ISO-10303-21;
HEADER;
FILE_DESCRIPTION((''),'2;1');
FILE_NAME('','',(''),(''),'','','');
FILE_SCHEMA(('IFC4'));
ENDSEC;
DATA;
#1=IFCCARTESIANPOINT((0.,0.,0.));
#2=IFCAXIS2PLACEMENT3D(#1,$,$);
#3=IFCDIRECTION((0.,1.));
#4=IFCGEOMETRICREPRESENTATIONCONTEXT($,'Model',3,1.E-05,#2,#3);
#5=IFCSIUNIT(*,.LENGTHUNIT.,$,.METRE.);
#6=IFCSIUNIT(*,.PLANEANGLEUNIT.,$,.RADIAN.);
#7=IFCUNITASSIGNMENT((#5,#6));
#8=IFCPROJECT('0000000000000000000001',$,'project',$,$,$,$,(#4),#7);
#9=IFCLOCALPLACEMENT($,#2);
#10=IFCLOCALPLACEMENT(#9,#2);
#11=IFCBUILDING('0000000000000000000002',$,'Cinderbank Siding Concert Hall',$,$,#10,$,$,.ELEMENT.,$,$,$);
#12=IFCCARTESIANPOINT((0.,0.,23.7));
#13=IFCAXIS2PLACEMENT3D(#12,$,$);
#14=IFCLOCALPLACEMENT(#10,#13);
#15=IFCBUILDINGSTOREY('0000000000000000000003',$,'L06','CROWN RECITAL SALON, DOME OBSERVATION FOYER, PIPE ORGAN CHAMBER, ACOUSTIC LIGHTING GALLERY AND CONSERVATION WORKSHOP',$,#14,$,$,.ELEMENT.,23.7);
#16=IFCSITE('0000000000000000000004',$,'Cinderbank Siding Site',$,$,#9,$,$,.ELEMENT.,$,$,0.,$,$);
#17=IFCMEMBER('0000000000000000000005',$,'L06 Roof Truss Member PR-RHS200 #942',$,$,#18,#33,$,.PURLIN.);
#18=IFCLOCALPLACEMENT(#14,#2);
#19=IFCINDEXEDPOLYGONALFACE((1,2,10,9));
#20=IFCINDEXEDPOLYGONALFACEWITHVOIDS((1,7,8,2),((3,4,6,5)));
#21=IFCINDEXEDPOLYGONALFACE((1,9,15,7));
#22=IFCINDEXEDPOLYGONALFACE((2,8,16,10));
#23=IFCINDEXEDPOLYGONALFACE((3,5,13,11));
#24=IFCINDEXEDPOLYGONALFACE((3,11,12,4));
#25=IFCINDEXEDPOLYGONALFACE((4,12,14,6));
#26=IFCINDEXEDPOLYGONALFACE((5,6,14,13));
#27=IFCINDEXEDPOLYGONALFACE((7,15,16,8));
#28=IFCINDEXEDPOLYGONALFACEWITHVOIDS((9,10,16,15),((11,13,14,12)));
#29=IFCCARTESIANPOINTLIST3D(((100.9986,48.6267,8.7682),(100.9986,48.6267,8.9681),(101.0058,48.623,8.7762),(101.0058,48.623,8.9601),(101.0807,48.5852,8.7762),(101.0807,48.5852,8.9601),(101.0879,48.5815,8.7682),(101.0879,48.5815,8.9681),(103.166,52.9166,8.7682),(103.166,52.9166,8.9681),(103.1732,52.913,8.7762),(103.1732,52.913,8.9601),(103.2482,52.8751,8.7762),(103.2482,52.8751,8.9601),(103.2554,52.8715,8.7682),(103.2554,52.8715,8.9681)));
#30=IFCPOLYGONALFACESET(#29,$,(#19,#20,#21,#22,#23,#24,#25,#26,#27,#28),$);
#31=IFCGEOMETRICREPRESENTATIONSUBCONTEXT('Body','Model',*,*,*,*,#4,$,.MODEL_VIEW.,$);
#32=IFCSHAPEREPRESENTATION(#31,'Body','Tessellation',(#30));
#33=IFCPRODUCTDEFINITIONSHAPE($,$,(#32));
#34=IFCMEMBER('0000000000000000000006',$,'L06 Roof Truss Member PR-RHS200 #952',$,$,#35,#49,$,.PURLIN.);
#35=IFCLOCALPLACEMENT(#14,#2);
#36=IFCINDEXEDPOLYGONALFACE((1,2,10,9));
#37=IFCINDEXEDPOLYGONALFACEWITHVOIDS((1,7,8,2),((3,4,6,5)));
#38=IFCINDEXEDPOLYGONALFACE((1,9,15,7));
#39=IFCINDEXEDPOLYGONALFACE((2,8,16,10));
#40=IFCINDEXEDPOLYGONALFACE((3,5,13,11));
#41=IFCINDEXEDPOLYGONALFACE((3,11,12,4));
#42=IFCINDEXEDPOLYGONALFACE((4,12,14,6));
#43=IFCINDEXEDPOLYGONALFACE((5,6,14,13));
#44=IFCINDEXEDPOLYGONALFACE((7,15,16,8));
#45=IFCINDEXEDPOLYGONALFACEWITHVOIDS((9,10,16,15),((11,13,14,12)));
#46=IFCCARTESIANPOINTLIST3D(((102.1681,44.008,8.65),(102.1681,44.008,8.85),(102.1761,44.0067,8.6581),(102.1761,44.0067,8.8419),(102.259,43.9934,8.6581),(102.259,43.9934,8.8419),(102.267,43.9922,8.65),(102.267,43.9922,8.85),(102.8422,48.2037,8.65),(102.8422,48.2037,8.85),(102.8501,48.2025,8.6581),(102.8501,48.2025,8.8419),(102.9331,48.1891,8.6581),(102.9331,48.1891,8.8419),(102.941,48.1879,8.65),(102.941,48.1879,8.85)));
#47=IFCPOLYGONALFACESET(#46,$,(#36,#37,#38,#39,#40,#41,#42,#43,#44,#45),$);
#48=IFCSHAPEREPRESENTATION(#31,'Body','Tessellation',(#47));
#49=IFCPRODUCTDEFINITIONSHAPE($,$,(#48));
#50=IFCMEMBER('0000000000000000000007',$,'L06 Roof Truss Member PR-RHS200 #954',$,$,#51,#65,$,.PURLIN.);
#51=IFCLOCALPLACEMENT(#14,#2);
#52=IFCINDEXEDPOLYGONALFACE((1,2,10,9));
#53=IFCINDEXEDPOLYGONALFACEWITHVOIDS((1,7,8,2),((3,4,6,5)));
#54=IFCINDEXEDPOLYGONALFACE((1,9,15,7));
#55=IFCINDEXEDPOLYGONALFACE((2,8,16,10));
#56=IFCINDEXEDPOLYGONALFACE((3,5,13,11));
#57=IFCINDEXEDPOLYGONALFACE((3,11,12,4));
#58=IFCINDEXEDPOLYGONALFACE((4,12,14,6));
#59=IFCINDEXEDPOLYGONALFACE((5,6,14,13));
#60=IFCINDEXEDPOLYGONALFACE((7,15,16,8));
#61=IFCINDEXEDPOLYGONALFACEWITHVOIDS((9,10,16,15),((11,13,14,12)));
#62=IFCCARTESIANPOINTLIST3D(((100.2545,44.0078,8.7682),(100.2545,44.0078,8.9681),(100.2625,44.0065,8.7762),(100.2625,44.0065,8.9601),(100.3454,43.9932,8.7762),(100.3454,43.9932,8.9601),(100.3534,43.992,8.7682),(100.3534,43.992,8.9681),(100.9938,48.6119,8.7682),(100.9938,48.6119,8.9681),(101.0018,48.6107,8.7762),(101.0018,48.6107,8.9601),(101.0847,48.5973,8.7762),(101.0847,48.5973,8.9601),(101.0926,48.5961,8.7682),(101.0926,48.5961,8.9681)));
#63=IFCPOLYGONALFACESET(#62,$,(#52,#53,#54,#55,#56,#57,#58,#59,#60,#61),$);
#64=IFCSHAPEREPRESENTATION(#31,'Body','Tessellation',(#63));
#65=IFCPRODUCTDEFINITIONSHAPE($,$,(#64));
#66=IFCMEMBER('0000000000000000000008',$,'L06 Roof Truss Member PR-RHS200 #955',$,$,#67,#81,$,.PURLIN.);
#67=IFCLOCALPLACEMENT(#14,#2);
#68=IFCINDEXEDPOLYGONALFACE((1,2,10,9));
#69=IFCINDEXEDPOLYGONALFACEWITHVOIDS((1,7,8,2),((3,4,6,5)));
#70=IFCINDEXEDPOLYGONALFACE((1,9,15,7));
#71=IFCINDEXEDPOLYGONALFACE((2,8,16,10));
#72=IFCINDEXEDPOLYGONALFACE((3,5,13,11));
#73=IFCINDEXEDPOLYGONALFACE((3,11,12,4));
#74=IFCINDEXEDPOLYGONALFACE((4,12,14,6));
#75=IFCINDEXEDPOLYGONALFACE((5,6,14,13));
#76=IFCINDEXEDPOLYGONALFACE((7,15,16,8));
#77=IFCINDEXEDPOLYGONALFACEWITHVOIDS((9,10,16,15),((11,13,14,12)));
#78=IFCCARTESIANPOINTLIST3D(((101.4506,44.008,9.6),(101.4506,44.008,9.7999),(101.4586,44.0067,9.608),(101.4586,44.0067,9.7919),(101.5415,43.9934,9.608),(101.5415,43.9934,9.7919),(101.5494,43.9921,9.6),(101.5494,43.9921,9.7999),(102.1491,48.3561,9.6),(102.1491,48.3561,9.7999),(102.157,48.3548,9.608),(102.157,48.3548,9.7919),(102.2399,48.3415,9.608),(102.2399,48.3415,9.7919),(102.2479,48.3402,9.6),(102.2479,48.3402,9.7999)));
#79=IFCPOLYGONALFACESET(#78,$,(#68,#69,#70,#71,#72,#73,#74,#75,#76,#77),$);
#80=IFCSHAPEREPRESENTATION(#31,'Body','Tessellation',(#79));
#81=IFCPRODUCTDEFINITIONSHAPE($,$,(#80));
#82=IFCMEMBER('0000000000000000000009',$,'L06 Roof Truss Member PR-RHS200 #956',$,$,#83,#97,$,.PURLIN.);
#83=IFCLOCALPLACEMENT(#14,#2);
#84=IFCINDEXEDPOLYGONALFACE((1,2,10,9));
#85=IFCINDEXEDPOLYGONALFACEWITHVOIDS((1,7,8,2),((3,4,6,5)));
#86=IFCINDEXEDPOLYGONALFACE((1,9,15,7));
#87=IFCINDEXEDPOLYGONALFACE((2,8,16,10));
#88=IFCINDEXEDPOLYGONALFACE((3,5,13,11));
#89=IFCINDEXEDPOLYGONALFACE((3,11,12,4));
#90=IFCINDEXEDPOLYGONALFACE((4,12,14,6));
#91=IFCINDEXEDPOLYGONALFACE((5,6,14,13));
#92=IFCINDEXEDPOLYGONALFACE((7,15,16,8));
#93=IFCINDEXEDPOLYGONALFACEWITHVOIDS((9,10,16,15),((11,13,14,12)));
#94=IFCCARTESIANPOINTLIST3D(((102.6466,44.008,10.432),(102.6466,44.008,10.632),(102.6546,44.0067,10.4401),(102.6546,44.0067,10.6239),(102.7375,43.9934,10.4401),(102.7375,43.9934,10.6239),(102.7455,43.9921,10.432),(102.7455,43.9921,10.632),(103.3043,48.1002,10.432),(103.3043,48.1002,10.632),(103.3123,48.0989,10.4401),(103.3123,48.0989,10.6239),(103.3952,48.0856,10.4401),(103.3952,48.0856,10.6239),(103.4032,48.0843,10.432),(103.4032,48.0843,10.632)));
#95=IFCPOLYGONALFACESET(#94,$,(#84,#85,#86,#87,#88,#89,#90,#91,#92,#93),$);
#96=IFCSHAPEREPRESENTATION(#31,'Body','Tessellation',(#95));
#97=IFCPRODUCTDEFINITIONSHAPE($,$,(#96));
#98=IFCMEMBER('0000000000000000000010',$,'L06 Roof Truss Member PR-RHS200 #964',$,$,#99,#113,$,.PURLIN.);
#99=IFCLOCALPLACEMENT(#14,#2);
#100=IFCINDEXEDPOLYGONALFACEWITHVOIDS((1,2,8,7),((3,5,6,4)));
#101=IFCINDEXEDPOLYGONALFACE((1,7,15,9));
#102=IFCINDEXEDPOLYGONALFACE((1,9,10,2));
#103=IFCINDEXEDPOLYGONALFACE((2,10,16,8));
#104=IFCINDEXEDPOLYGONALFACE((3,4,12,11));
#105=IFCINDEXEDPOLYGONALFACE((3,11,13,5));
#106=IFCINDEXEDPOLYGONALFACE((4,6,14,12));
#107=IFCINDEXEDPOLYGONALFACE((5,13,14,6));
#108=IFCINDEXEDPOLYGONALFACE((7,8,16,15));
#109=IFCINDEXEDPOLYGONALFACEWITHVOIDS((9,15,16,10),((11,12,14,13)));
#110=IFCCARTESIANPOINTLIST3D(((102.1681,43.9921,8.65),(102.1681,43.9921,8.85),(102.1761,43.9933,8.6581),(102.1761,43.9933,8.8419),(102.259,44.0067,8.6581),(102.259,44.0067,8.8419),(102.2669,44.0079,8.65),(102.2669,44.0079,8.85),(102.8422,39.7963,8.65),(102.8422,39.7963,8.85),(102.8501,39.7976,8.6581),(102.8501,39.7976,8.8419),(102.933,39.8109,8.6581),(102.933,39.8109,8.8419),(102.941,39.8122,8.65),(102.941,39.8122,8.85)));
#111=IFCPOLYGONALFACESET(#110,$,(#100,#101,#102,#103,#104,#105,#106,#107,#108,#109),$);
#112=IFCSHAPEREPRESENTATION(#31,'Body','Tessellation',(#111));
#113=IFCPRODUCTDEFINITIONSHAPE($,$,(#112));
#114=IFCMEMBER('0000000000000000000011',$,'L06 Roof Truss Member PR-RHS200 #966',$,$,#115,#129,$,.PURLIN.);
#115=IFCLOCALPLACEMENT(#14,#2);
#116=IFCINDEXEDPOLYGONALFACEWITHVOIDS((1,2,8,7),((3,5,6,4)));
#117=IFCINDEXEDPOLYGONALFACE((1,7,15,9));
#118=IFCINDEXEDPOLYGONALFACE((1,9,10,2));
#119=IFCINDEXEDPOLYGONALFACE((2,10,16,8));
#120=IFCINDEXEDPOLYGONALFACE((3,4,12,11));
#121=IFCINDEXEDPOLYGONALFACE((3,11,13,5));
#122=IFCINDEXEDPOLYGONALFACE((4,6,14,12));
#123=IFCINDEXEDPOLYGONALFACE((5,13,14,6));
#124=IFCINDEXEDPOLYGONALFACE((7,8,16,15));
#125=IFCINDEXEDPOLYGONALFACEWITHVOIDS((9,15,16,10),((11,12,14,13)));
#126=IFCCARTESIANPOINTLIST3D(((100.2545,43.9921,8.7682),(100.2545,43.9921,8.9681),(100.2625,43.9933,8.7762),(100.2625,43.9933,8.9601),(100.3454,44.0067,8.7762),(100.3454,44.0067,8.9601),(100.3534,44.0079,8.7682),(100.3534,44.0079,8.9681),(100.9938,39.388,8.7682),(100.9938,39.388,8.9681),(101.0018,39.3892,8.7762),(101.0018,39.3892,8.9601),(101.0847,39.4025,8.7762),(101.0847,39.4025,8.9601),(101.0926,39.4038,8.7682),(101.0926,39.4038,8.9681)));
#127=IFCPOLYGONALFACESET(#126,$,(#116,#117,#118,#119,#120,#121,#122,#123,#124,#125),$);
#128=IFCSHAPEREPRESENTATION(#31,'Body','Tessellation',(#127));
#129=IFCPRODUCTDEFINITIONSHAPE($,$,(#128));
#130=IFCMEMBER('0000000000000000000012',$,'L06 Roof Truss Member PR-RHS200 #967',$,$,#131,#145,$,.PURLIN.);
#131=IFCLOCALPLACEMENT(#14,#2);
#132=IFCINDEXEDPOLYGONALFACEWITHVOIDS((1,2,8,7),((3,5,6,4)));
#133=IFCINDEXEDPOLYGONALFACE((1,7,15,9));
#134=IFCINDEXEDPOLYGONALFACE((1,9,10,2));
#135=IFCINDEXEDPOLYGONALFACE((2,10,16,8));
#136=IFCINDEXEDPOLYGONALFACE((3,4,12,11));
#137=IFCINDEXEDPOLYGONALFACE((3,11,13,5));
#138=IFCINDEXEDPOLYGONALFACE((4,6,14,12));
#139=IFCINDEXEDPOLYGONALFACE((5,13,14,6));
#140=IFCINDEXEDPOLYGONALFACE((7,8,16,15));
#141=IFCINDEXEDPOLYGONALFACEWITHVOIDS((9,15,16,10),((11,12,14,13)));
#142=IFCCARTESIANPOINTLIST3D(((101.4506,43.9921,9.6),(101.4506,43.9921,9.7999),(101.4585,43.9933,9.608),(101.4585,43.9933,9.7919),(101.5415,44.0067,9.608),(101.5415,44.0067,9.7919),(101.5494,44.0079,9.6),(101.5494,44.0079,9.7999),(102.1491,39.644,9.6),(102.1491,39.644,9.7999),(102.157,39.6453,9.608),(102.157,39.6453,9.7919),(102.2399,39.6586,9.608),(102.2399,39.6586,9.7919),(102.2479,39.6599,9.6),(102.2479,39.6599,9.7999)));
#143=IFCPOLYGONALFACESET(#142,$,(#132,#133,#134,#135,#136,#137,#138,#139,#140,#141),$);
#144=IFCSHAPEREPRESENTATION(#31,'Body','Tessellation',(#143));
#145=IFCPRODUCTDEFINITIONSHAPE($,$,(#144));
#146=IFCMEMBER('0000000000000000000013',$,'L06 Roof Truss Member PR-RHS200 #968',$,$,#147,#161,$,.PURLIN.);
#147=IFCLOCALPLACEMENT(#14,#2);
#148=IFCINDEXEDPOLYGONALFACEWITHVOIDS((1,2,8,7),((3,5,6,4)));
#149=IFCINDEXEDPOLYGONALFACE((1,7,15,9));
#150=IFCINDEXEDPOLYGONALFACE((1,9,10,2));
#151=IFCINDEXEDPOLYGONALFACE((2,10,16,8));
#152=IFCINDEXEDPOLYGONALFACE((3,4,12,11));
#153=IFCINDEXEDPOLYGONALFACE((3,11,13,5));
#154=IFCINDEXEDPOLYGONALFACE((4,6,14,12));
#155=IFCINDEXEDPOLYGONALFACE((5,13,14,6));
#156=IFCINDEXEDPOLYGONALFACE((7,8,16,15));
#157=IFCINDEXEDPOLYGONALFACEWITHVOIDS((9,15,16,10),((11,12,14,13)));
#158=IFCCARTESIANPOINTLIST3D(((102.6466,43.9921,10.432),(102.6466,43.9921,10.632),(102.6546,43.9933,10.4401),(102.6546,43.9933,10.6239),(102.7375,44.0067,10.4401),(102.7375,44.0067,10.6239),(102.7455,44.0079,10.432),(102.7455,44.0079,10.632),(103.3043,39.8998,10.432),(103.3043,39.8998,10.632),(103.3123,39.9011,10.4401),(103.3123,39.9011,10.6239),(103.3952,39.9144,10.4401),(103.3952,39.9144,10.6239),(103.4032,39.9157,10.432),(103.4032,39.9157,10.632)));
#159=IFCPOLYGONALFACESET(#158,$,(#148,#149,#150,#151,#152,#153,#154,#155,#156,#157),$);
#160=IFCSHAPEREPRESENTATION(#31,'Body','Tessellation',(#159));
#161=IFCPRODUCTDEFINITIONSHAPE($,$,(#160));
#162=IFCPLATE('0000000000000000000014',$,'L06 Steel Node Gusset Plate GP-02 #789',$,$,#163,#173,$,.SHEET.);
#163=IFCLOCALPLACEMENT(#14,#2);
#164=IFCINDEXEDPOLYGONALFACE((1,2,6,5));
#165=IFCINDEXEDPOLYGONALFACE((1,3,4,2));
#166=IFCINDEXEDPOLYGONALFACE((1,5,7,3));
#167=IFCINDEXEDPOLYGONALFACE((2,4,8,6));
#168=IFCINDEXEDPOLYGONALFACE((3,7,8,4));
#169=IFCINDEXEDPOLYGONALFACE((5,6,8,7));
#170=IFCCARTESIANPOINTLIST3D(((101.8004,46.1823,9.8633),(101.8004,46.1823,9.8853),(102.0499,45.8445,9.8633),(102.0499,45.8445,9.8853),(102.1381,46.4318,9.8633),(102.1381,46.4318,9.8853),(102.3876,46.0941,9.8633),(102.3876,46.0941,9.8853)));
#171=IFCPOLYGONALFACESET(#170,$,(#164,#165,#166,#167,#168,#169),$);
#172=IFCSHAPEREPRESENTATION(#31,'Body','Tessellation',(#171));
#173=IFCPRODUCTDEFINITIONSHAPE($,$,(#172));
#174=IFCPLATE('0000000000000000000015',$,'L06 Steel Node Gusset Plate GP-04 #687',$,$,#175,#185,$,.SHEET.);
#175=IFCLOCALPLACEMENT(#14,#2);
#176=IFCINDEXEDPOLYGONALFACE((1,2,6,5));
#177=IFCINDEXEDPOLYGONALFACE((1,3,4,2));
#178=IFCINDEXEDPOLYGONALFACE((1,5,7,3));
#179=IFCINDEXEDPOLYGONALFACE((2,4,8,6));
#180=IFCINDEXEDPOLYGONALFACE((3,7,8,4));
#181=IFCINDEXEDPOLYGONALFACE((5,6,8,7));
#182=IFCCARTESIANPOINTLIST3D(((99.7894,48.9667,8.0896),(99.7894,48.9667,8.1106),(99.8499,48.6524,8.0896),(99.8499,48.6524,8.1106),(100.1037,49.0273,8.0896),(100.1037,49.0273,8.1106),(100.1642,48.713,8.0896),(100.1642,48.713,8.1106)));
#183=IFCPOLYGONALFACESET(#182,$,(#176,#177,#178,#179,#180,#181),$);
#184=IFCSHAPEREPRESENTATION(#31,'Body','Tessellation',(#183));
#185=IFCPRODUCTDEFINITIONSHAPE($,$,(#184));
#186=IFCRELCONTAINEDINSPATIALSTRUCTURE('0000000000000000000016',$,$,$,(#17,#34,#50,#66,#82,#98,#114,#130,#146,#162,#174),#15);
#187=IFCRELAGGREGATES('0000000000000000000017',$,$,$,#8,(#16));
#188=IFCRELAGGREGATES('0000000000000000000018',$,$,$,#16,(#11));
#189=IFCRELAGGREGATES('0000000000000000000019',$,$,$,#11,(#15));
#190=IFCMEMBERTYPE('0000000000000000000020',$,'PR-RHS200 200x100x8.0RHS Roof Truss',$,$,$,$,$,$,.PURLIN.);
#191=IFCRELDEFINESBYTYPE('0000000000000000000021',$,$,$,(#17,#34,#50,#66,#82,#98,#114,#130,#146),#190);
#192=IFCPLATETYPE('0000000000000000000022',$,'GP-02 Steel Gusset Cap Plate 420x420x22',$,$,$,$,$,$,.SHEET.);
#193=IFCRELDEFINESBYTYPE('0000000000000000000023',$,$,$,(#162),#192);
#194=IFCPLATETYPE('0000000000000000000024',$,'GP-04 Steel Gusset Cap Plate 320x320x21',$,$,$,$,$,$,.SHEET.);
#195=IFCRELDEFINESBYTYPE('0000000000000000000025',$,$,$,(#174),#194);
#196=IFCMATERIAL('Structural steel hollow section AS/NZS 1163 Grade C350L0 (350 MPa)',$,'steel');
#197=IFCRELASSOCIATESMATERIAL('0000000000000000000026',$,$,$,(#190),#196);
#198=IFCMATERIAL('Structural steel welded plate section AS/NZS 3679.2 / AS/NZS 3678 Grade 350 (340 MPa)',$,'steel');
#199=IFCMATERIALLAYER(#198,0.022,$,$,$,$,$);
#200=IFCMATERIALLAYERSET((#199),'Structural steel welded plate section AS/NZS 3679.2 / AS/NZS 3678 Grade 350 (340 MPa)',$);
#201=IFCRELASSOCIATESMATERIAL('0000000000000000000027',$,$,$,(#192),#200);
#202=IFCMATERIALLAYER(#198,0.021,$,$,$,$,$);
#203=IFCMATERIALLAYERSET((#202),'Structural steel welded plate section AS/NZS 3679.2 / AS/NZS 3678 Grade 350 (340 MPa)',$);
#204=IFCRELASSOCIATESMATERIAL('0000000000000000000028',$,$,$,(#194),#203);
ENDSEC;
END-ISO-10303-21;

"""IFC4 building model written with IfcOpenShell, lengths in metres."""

from ifc_helpers import new_model, si_unit, direction, frame, origin, origin_2d, place, context, subcontext, project, spatial, rectangle, hollow_rectangle, extrude, material, layer, layer_set, material_profile, profile_set, type_object, element, save


model = new_model("IFC4")

# Units and contexts
model_context = context("Model", 3, precision=1e-05, world=origin(), true_north=direction((0.0, 1.0)))
body_context = subcontext(model_context, "Body", "Model", "MODEL_VIEW")
ifc_project = project(units=[si_unit("LENGTHUNIT", "METRE"), si_unit("PLANEANGLEUNIT", "RADIAN")], contexts=[model_context])

# Site, building, storey
site_placement = place(None, origin())
site = spatial("IfcSite", under=ifc_project, at=site_placement, Name="Cinderbank Siding Site", CompositionType="ELEMENT", RefElevation=0.0)
building_placement = place(site_placement, origin())
building = spatial("IfcBuilding", under=site, at=building_placement, Name="Cinderbank Siding Concert Hall", CompositionType="ELEMENT")
storey_placement = place(building_placement, frame((0.0, 0.0, 23.7)))
storey = spatial("IfcBuildingStorey", under=building, at=storey_placement, Name="L06", Description="CROWN RECITAL SALON, DOME OBSERVATION FOYER, PIPE ORGAN CHAMBER, ACOUSTIC LIGHTING GALLERY AND CONSERVATION WORKSHOP", CompositionType="ELEMENT", Elevation=23.7)

# Shared definitions
ifc_material_1 = material(Name="Structural steel welded plate section AS/NZS 3679.2 / AS/NZS 3678 Grade 350 (340 MPa)", Category="steel")

# Members
ifc_material_2 = material(Name="Structural steel hollow section AS/NZS 1163 Grade C350L0 (350 MPa)", Category="steel")
ifc_material_profile_1 = material_profile(ifc_material_2, hollow_rectangle(XDim=0.1001, YDim=0.2, WallThickness=0.0081, at=origin_2d()), Name="200x100x8.0RHS", Category="LoadBearing")
ifc_profile_set_1 = profile_set([ifc_material_profile_1], Name="Structural steel hollow section AS/NZS 1163 Grade C350L0 (350 MPa)")
member_type_1 = type_object("IfcMemberType", Name="PR-RHS200 200x100x8.0RHS Roof Truss", PredefinedType="PURLIN", material=ifc_profile_set_1)
member_1_placement = place(storey_placement, frame((103.2107, 52.894, 8.8682), z_axis=(-0.450948, -0.89255, 0.0), x_axis=(0.89255, -0.450948, 0.0)))
element("IfcMember", 1, at=member_1_placement, inside=storey, type_object=member_type_1, Name="L06 Roof Truss Member PR-RHS200 #942", PredefinedType="PURLIN", context=body_context, shape_type="SweptSolid", body=[
    extrude(hollow_rectangle(XDim=0.1001, YDim=0.2, WallThickness=0.0081, at=origin_2d()), origin(), (0.0, 0.0, 1.0), 4.8064),
])
member_2_placement = place(storey_placement, frame((102.8916, 48.1958, 8.75), z_axis=(-0.15862, -0.98734, 0.0), x_axis=(0.98734, -0.15862, 0.0)))
element("IfcMember", 2, at=member_2_placement, inside=storey, type_object=member_type_1, Name="L06 Roof Truss Member PR-RHS200 #952", PredefinedType="PURLIN", context=body_context, shape_type="SweptSolid", body=[
    extrude(hollow_rectangle(XDim=0.1001, YDim=0.2, WallThickness=0.0081, at=origin_2d()), origin(), (0.0, 0.0, 1.0), 4.2495),
])
member_3_placement = place(storey_placement, frame((101.0432, 48.604, 8.8682), z_axis=(-0.158538, -0.987353, 0.0), x_axis=(0.987353, -0.158538, 0.0)))
element("IfcMember", 3, at=member_3_placement, inside=storey, type_object=member_type_1, Name="L06 Roof Truss Member PR-RHS200 #954", PredefinedType="PURLIN", context=body_context, shape_type="SweptSolid", body=[
    extrude(hollow_rectangle(XDim=0.1001, YDim=0.2, WallThickness=0.0081, at=origin_2d()), origin(), (0.0, 0.0, 1.0), 4.6631),
])
member_4_placement = place(storey_placement, frame((102.1985, 48.3481, 9.7), z_axis=(-0.158607, -0.987342, 0.0), x_axis=(0.987342, -0.158607, 0.0)))
element("IfcMember", 4, at=member_4_placement, inside=storey, type_object=member_type_1, Name="L06 Roof Truss Member PR-RHS200 #955", PredefinedType="PURLIN", context=body_context, shape_type="SweptSolid", body=[
    extrude(hollow_rectangle(XDim=0.1001, YDim=0.2, WallThickness=0.0081, at=origin_2d()), origin(), (0.0, 0.0, 1.0), 4.4038),
])
member_5_placement = place(storey_placement, frame((103.3538, 48.0923, 10.532), z_axis=(-0.158684, -0.987329, 0.0), x_axis=(0.987329, -0.158684, 0.0)))
element("IfcMember", 5, at=member_5_placement, inside=storey, type_object=member_type_1, Name="L06 Roof Truss Member PR-RHS200 #956", PredefinedType="PURLIN", context=body_context, shape_type="SweptSolid", body=[
    extrude(hollow_rectangle(XDim=0.1001, YDim=0.2, WallThickness=0.0081, at=origin_2d()), origin(), (0.0, 0.0, 1.0), 4.1448),
])
member_6_placement = place(storey_placement, frame((102.2175, 44.0, 8.75), z_axis=(0.15862, -0.98734, 0.0), x_axis=(0.98734, 0.15862, 0.0)))
element("IfcMember", 6, at=member_6_placement, inside=storey, type_object=member_type_1, Name="L06 Roof Truss Member PR-RHS200 #964", PredefinedType="PURLIN", context=body_context, shape_type="SweptSolid", body=[
    extrude(hollow_rectangle(XDim=0.1001, YDim=0.2, WallThickness=0.0081, at=origin_2d()), origin(), (0.0, 0.0, 1.0), 4.2495),
])
member_7_placement = place(storey_placement, frame((100.304, 44.0, 8.8682), z_axis=(0.158538, -0.987353, 0.0), x_axis=(0.987353, 0.158538, 0.0)))
element("IfcMember", 7, at=member_7_placement, inside=storey, type_object=member_type_1, Name="L06 Roof Truss Member PR-RHS200 #966", PredefinedType="PURLIN", context=body_context, shape_type="SweptSolid", body=[
    extrude(hollow_rectangle(XDim=0.1001, YDim=0.2, WallThickness=0.0081, at=origin_2d()), origin(), (0.0, 0.0, 1.0), 4.6631),
])
member_8_placement = place(storey_placement, frame((101.5, 44.0, 9.7), z_axis=(0.158607, -0.987342, 0.0), x_axis=(0.987342, 0.158607, 0.0)))
element("IfcMember", 8, at=member_8_placement, inside=storey, type_object=member_type_1, Name="L06 Roof Truss Member PR-RHS200 #967", PredefinedType="PURLIN", context=body_context, shape_type="SweptSolid", body=[
    extrude(hollow_rectangle(XDim=0.1001, YDim=0.2, WallThickness=0.0081, at=origin_2d()), origin(), (0.0, 0.0, 1.0), 4.4038),
])
member_9_placement = place(storey_placement, frame((102.696, 44.0, 10.532), z_axis=(0.158684, -0.987329, 0.0), x_axis=(0.987329, 0.158684, 0.0)))
element("IfcMember", 9, at=member_9_placement, inside=storey, type_object=member_type_1, Name="L06 Roof Truss Member PR-RHS200 #968", PredefinedType="PURLIN", context=body_context, shape_type="SweptSolid", body=[
    extrude(hollow_rectangle(XDim=0.1001, YDim=0.2, WallThickness=0.0081, at=origin_2d()), origin(), (0.0, 0.0, 1.0), 4.1448),
])

# Plates
ifc_layer_1 = layer(ifc_material_1, 0.022)
ifc_layer_set_1 = layer_set([ifc_layer_1], Name="Structural steel welded plate section AS/NZS 3679.2 / AS/NZS 3678 Grade 350 (340 MPa)")
plate_type_1 = type_object("IfcPlateType", Name="GP-02 Steel Gusset Cap Plate 420x420x22", PredefinedType="SHEET", material=ifc_layer_set_1)
plate_1_placement = place(storey_placement, frame((102.094, 46.1382, 9.8633), z_axis=(0.0, 0.0, 1.0), x_axis=(0.804272, 0.594261, 0.0)))
element("IfcPlate", 10, at=plate_1_placement, inside=storey, type_object=plate_type_1, Name="L06 Steel Node Gusset Plate GP-02 #789", PredefinedType="SHEET", context=body_context, shape_type="SweptSolid", body=[
    extrude(rectangle(XDim=0.4199, YDim=0.4199, at=origin_2d()), origin(), (0.0, 0.0, 1.0), 0.022),
])
ifc_layer_2 = layer(ifc_material_1, 0.021)
ifc_layer_set_2 = layer_set([ifc_layer_2], Name="Structural steel welded plate section AS/NZS 3679.2 / AS/NZS 3678 Grade 350 (340 MPa)")
plate_type_2 = type_object("IfcPlateType", Name="GP-04 Steel Gusset Cap Plate 320x320x21", PredefinedType="SHEET", material=ifc_layer_set_2)
plate_2_placement = place(storey_placement, frame((99.9768, 48.8398, 8.0896), z_axis=(0.0, 0.0, 1.0), x_axis=(0.189095, -0.981959, 0.0)))
element("IfcPlate", 11, at=plate_2_placement, inside=storey, type_object=plate_type_2, Name="L06 Steel Node Gusset Plate GP-04 #687", PredefinedType="SHEET", context=body_context, shape_type="SweptSolid", body=[
    extrude(rectangle(XDim=0.3201, YDim=0.3201, at=origin_2d()), origin(), (0.0, 0.0, 1.0), 0.021),
])

save(model, "model.ifc")
